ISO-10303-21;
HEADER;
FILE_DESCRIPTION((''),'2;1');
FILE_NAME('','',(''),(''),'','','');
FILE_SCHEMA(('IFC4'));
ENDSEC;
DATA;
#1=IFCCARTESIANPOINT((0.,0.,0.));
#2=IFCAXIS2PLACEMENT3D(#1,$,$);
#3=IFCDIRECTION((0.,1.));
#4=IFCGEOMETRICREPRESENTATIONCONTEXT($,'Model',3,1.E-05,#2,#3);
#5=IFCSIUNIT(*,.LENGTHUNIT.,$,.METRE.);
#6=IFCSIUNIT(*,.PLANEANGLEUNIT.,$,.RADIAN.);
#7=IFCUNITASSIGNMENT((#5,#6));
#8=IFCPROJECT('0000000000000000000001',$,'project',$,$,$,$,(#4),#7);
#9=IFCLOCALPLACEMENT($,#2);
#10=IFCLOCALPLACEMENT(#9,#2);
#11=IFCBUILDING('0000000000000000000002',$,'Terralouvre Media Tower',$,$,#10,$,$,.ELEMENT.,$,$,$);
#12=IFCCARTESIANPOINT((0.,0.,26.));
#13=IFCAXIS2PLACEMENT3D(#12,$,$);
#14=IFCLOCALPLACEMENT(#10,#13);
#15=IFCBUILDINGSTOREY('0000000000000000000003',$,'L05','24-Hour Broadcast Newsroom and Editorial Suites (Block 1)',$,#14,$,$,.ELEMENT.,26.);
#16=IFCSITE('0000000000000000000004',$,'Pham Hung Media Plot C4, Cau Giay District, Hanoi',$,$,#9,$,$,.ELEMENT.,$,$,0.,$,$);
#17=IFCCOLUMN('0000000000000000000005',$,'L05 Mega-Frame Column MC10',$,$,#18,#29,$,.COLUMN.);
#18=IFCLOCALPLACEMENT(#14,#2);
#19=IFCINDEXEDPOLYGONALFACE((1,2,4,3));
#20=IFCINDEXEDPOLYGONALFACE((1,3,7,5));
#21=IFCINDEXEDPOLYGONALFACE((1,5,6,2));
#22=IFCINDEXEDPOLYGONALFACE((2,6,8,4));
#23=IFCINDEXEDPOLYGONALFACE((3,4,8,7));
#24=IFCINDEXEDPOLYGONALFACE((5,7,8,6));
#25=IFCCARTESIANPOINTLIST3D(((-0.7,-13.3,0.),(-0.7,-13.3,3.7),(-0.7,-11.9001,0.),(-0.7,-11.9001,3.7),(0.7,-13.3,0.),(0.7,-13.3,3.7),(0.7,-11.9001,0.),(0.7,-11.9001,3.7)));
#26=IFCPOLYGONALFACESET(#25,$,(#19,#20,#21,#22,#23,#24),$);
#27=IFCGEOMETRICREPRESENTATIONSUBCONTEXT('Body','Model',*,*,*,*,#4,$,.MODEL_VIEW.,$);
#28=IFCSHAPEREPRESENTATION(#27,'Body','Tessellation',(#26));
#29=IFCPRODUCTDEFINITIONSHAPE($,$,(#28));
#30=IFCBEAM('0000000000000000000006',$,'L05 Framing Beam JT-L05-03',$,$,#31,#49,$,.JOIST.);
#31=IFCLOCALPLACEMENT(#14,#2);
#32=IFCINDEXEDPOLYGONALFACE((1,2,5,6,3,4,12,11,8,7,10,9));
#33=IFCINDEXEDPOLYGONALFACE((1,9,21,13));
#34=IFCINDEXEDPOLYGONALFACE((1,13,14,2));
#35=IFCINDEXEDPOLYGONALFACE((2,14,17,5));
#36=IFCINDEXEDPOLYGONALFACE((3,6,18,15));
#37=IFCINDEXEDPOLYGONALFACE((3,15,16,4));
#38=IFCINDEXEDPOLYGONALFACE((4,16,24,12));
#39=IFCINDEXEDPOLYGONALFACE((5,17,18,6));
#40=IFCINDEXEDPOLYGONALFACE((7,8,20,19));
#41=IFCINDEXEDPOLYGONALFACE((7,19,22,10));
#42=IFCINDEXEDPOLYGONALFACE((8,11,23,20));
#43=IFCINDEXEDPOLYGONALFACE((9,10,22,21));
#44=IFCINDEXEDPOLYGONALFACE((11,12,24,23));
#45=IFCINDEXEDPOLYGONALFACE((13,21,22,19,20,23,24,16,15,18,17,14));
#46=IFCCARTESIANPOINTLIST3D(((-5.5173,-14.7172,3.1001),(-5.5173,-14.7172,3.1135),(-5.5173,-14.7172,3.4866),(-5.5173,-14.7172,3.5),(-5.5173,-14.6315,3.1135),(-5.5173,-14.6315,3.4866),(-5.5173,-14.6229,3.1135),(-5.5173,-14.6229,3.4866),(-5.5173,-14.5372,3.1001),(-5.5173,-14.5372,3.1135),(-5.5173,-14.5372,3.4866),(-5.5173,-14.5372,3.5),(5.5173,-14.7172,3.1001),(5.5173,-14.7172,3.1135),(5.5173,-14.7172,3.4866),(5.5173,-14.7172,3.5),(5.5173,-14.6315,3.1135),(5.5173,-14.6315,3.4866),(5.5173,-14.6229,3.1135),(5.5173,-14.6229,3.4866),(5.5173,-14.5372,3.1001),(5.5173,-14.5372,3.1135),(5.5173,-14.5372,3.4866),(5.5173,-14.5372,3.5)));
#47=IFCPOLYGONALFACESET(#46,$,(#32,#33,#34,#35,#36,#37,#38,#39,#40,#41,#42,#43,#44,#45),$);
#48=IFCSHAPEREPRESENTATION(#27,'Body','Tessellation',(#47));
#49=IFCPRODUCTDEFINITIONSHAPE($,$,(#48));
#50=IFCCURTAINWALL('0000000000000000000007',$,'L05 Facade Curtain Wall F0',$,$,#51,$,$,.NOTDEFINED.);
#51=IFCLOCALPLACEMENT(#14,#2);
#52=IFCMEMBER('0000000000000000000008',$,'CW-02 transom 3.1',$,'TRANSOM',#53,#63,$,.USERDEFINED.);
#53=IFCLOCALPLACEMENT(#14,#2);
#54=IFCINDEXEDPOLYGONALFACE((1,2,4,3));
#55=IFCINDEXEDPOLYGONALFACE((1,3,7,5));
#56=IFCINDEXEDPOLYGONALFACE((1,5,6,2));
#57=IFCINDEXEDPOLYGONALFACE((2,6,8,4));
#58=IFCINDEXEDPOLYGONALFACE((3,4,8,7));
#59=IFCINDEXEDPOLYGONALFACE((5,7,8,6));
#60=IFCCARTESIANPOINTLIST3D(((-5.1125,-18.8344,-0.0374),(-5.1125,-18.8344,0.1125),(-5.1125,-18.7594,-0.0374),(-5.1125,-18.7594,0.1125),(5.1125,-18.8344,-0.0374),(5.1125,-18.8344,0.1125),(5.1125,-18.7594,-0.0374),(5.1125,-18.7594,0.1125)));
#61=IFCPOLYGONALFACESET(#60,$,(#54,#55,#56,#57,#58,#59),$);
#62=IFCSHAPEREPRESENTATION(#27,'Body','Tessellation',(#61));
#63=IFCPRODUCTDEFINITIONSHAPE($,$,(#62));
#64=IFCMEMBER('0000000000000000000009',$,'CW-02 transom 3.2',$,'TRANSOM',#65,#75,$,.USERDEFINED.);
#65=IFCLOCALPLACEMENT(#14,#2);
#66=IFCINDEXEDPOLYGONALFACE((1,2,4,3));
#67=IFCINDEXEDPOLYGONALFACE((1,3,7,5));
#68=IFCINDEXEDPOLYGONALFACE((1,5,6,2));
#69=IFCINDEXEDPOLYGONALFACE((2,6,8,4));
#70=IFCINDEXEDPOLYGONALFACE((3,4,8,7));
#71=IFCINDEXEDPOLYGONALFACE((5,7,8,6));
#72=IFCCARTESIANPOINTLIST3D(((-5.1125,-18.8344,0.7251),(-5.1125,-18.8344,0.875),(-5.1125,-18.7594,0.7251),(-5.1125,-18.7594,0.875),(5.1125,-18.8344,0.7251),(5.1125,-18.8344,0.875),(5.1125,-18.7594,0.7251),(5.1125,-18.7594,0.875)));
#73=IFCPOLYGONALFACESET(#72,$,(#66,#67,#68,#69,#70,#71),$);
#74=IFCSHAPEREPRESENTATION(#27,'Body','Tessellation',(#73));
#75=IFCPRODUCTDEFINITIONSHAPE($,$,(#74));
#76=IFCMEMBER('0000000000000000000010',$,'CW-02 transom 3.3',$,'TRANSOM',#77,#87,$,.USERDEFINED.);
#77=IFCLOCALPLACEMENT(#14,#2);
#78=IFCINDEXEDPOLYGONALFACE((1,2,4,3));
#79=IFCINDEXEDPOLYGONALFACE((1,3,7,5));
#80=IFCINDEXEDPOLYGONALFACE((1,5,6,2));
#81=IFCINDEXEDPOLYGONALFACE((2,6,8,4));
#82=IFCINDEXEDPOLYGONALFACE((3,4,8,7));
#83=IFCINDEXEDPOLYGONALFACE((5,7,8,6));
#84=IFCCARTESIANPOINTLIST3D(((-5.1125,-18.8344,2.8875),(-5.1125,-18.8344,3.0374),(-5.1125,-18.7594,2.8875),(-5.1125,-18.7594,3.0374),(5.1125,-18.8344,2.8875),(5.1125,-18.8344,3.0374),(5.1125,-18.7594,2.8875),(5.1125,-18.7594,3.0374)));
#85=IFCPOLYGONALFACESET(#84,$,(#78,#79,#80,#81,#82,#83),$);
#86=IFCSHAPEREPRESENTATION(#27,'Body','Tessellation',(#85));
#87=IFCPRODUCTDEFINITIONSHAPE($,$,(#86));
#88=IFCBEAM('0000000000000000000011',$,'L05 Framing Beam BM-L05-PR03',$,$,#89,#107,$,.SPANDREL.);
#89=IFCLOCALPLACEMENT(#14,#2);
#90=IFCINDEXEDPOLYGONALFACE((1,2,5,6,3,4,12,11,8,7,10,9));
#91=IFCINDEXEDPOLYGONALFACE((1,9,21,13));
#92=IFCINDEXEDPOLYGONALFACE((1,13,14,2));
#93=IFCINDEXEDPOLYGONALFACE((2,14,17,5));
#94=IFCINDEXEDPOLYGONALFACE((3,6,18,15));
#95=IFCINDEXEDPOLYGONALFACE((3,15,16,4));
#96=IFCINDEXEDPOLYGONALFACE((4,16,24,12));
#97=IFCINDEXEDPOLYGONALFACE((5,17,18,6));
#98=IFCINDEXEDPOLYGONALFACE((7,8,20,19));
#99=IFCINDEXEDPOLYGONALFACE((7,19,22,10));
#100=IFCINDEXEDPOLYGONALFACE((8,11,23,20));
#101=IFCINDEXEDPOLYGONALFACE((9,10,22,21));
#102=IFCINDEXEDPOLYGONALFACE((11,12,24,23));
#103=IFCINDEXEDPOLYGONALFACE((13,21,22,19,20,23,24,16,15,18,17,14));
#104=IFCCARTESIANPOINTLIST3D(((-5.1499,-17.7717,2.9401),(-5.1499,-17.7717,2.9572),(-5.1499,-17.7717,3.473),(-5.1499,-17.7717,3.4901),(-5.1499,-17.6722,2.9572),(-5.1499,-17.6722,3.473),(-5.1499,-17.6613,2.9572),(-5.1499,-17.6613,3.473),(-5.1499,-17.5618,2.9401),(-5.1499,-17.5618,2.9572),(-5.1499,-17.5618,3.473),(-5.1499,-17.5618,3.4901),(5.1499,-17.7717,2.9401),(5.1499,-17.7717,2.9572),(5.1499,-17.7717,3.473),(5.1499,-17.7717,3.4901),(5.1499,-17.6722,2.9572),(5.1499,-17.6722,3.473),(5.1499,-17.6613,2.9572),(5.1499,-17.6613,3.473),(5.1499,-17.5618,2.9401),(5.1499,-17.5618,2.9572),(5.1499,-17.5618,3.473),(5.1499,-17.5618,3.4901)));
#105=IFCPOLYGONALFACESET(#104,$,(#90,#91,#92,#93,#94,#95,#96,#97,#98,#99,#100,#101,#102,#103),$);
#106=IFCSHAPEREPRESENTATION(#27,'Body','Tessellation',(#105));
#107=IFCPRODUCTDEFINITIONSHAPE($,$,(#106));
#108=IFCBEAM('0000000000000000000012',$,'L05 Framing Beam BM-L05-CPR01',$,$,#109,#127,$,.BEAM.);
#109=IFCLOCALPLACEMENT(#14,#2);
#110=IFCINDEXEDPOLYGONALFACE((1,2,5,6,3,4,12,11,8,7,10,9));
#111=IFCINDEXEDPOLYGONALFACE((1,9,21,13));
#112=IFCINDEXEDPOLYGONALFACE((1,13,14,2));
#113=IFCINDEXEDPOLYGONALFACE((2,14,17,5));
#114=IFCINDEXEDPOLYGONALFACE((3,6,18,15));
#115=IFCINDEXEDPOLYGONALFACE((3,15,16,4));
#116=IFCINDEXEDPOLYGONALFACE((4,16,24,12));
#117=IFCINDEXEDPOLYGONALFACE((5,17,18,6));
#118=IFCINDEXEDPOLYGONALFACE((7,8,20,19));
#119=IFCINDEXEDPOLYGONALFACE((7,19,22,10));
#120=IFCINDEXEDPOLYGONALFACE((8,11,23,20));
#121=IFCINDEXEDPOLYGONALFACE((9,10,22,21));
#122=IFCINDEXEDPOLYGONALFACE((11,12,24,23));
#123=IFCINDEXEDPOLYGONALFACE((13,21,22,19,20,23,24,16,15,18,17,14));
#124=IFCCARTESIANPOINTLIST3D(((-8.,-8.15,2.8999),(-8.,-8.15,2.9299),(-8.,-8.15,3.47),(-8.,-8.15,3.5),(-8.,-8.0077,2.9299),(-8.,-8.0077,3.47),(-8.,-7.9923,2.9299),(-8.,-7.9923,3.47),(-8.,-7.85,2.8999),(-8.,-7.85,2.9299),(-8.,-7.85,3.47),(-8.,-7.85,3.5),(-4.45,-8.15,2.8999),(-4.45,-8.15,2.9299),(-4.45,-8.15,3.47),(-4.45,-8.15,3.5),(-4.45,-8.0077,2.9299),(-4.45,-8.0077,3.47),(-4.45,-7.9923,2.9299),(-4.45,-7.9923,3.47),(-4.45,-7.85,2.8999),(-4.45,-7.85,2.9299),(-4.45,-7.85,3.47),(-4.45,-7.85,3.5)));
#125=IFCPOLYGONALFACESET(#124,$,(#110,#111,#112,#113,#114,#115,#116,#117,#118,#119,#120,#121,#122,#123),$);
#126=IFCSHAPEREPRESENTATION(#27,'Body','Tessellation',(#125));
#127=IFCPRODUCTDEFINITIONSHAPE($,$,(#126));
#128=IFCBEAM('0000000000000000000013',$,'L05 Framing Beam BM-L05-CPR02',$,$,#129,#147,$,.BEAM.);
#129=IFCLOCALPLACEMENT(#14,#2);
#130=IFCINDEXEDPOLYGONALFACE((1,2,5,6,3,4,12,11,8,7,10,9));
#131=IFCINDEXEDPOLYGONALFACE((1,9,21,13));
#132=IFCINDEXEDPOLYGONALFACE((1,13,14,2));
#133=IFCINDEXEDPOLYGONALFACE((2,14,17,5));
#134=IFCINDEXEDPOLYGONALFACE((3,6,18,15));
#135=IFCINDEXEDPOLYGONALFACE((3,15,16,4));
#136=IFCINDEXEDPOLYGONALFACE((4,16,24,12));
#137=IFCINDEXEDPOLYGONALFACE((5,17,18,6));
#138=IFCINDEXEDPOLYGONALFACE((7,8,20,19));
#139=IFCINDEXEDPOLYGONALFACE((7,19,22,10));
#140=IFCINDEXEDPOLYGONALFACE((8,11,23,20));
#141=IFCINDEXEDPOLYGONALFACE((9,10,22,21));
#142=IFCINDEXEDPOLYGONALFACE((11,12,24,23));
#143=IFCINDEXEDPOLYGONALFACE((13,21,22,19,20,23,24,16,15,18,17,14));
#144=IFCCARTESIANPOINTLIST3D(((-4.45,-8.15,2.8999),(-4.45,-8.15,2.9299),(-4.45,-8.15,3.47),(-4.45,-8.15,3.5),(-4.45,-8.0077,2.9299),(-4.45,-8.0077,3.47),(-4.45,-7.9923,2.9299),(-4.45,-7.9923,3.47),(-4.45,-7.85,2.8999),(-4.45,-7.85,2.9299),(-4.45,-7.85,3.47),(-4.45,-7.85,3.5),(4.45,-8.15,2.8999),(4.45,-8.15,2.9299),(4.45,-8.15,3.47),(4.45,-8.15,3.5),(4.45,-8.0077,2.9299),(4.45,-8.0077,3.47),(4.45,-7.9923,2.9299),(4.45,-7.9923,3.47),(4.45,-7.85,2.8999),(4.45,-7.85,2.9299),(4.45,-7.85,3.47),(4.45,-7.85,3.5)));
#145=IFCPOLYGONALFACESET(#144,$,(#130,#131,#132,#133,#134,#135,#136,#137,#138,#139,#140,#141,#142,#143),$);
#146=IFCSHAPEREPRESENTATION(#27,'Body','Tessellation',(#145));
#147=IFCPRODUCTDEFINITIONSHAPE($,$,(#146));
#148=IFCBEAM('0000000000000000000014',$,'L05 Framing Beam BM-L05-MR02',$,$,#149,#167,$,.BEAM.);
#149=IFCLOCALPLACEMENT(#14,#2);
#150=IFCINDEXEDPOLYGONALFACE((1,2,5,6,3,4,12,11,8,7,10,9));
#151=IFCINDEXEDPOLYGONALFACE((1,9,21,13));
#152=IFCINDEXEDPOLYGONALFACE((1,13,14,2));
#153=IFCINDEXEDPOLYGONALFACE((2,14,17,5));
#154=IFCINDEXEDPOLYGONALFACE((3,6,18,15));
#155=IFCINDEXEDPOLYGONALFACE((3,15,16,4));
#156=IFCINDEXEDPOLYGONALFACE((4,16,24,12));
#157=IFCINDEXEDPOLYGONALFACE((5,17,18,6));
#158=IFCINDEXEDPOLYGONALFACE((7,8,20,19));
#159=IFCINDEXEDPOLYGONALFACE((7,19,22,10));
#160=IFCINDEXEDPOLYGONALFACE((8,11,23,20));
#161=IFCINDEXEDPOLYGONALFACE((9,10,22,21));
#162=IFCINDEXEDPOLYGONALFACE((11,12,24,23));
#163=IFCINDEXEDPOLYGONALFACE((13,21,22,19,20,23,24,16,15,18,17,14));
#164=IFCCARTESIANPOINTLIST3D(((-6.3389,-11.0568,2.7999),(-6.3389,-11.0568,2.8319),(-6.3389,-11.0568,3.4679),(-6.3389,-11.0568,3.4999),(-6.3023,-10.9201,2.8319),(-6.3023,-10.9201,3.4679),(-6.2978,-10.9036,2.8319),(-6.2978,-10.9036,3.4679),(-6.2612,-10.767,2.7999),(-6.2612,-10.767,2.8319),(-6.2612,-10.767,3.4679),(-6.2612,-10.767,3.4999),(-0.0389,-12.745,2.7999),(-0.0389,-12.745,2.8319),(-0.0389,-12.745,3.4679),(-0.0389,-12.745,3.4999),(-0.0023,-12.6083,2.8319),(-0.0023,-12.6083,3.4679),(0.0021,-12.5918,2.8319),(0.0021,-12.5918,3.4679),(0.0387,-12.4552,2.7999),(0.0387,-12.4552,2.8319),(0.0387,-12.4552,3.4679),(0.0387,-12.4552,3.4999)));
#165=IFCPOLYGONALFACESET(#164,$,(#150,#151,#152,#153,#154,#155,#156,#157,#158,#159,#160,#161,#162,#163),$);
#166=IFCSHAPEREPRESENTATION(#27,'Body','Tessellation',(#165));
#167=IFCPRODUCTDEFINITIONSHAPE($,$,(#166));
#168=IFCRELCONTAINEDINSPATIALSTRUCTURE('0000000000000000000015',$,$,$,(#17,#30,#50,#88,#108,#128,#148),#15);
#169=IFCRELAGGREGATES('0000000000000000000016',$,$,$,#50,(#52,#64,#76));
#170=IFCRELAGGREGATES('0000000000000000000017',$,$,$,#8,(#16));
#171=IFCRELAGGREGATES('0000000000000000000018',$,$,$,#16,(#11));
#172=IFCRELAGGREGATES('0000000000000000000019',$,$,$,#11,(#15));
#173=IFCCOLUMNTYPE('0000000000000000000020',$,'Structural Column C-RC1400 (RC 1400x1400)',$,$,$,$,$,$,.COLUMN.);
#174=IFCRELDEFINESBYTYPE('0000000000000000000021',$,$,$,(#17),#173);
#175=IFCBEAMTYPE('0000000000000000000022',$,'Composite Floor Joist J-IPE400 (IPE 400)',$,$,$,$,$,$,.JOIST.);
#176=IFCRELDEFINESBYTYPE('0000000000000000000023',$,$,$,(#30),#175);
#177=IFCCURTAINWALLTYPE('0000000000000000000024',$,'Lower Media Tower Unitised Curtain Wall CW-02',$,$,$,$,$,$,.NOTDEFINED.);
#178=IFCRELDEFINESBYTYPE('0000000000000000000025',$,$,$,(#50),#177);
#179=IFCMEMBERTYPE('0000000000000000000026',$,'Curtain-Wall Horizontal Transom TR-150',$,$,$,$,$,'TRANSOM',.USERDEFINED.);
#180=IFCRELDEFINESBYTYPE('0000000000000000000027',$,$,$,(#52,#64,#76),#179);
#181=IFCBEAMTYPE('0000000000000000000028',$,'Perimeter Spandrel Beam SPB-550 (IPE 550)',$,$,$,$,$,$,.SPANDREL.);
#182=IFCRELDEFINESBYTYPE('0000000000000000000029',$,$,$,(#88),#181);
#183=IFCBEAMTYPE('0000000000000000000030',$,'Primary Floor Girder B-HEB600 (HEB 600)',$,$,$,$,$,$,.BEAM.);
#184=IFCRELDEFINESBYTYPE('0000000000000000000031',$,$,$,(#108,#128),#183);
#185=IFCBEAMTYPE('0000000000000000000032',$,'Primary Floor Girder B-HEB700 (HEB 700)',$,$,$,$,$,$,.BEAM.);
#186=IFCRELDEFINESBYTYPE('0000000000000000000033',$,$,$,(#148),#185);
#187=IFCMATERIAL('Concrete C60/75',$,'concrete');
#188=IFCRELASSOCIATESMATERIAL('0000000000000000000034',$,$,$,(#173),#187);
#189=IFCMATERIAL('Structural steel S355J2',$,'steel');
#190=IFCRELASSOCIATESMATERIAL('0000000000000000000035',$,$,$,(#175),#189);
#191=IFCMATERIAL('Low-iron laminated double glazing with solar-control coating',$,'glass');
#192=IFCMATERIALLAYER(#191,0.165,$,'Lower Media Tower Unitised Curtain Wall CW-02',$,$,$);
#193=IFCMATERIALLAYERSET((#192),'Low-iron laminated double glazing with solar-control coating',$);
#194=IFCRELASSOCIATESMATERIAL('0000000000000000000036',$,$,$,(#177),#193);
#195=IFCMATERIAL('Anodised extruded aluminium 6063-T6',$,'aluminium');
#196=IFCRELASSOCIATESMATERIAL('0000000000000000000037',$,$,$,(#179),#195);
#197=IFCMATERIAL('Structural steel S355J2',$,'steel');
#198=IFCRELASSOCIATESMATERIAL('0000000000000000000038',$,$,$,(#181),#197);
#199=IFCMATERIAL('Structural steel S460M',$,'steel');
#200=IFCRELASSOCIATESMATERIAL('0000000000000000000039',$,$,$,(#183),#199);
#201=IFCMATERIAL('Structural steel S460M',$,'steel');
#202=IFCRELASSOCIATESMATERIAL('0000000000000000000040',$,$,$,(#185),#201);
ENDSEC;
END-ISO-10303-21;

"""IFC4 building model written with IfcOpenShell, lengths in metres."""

from ifc_helpers import new_model, si_unit, direction, frame, origin, origin_2d, place, context, subcontext, project, spatial, rectangle, i_section, extrude, material, layer, layer_set, material_profile, profile_set, type_object, element, aggregate, save


model = new_model("IFC4")

# Units and contexts
model_context = context("Model", 3, precision=1e-05, world=origin(), true_north=direction((0.0, 1.0)))
body_context = subcontext(model_context, "Body", "Model", "MODEL_VIEW")
ifc_project = project(units=[si_unit("LENGTHUNIT", "METRE"), si_unit("PLANEANGLEUNIT", "RADIAN")], contexts=[model_context])

# Site, building, storey
site_placement = place(None, origin())
site = spatial("IfcSite", under=ifc_project, at=site_placement, Name="Pham Hung Media Plot C4, Cau Giay District, Hanoi", CompositionType="ELEMENT", RefElevation=0.0)
building_placement = place(site_placement, origin())
building = spatial("IfcBuilding", under=site, at=building_placement, Name="Terralouvre Media Tower", CompositionType="ELEMENT")
storey_placement = place(building_placement, frame((0.0, 0.0, 26.0)))
storey = spatial("IfcBuildingStorey", under=building, at=storey_placement, Name="L05", Description="24-Hour Broadcast Newsroom and Editorial Suites (Block 1)", CompositionType="ELEMENT", Elevation=26.0)

# Column
ifc_material_1 = material(Name="Concrete C60/75", Category="concrete")
ifc_material_profile_1 = material_profile(ifc_material_1, rectangle(XDim=1.3999, YDim=1.3999, at=origin_2d()), Name="RC 1400x1400")
ifc_profile_set_1 = profile_set([ifc_material_profile_1], Name="Concrete C60/75")
column_type = type_object("IfcColumnType", Name="Structural Column C-RC1400 (RC 1400x1400)", PredefinedType="COLUMN", material=ifc_profile_set_1)
column_placement = place(storey_placement, frame((0.0, -12.6001, 0.0), z_axis=(0.0, 0.0, 1.0), x_axis=(1.0, 0.0, 0.0)))
element("IfcColumn", 1, at=column_placement, inside=storey, type_object=column_type, Name="L05 Mega-Frame Column MC10", PredefinedType="COLUMN", context=body_context, shape_type="SweptSolid", body=[
    extrude(rectangle(XDim=1.3999, YDim=1.3999, at=origin_2d()), origin(), (0.0, 0.0, 1.0), 3.7),
])

# Beam
ifc_material_2 = material(Name="Structural steel S355J2", Category="steel")
ifc_material_profile_2 = material_profile(ifc_material_2, i_section(OverallWidth=0.1799, OverallDepth=0.3999, WebThickness=0.0085, FlangeThickness=0.0134, at=origin_2d()), Name="IPE 400")
ifc_profile_set_2 = profile_set([ifc_material_profile_2], Name="Structural steel S355J2")
beam_type_1 = type_object("IfcBeamType", Name="Composite Floor Joist J-IPE400 (IPE 400)", PredefinedType="JOIST", material=ifc_profile_set_2)
beam_1_placement = place(storey_placement, frame((-5.5173, -14.6272, 3.3), z_axis=(1.0, 0.0, 0.0), x_axis=(0.0, 1.0, 0.0)))
element("IfcBeam", 2, at=beam_1_placement, inside=storey, type_object=beam_type_1, Name="L05 Framing Beam JT-L05-03", PredefinedType="JOIST", context=body_context, shape_type="SweptSolid", body=[
    extrude(i_section(OverallWidth=0.1799, OverallDepth=0.3999, WebThickness=0.0085, FlangeThickness=0.0134, at=origin_2d()), origin(), (0.0, 0.0, 1.0), 11.0347),
])

# Curtain wall, members
ifc_material_3 = material(Name="Low-iron laminated double glazing with solar-control coating", Category="glass")
ifc_layer_1 = layer(ifc_material_3, 0.165, Name="Lower Media Tower Unitised Curtain Wall CW-02")
ifc_layer_set_1 = layer_set([ifc_layer_1], Name="Low-iron laminated double glazing with solar-control coating")
curtain_wall_type = type_object("IfcCurtainWallType", Name="Lower Media Tower Unitised Curtain Wall CW-02", PredefinedType="NOTDEFINED", material=ifc_layer_set_1)
curtain_wall_placement = place(storey_placement, origin())
curtain_wall = element("IfcCurtainWall", 3, at=curtain_wall_placement, inside=storey, type_object=curtain_wall_type, Name="L05 Facade Curtain Wall F0", PredefinedType="NOTDEFINED")
ifc_material_4 = material(Name="Anodised extruded aluminium 6063-T6", Category="aluminium")
ifc_material_profile_3 = material_profile(ifc_material_4, rectangle(XDim=0.075, YDim=0.1499, at=origin_2d()), Name="ALU 75x150")
ifc_profile_set_3 = profile_set([ifc_material_profile_3], Name="Anodised extruded aluminium 6063-T6")
member_type = type_object("IfcMemberType", Name="Curtain-Wall Horizontal Transom TR-150", ElementType="TRANSOM", PredefinedType="USERDEFINED", material=ifc_profile_set_3)
member_1_placement = place(storey_placement, frame((-5.1125, -18.7969, 0.0376), z_axis=(1.0, 0.0, 0.0), x_axis=(0.0, 1.0, 0.0)))
member_1 = element("IfcMember", 4, at=member_1_placement, type_object=member_type, Name="CW-02 transom 3.1", ObjectType="TRANSOM", PredefinedType="USERDEFINED", context=body_context, shape_type="SweptSolid", body=[
    extrude(rectangle(XDim=0.075, YDim=0.1499, at=origin_2d()), origin(), (0.0, 0.0, 1.0), 10.2251),
])
member_2_placement = place(storey_placement, frame((-5.1125, -18.7969, 0.8), z_axis=(1.0, 0.0, 0.0), x_axis=(0.0, 1.0, 0.0)))
member_2 = element("IfcMember", 5, at=member_2_placement, type_object=member_type, Name="CW-02 transom 3.2", ObjectType="TRANSOM", PredefinedType="USERDEFINED", context=body_context, shape_type="SweptSolid", body=[
    extrude(rectangle(XDim=0.075, YDim=0.1499, at=origin_2d()), origin(), (0.0, 0.0, 1.0), 10.2251),
])
member_3_placement = place(storey_placement, frame((-5.1125, -18.7969, 2.9624), z_axis=(1.0, 0.0, 0.0), x_axis=(0.0, 1.0, 0.0)))
member_3 = element("IfcMember", 6, at=member_3_placement, type_object=member_type, Name="CW-02 transom 3.3", ObjectType="TRANSOM", PredefinedType="USERDEFINED", context=body_context, shape_type="SweptSolid", body=[
    extrude(rectangle(XDim=0.075, YDim=0.1499, at=origin_2d()), origin(), (0.0, 0.0, 1.0), 10.2251),
])

# Beams
ifc_material_5 = material(Name="Structural steel S355J2", Category="steel")
ifc_material_profile_4 = material_profile(ifc_material_5, i_section(OverallWidth=0.21, OverallDepth=0.55, WebThickness=0.011, FlangeThickness=0.0171, at=origin_2d()), Name="IPE 550")
ifc_profile_set_4 = profile_set([ifc_material_profile_4], Name="Structural steel S355J2")
beam_type_2 = type_object("IfcBeamType", Name="Perimeter Spandrel Beam SPB-550 (IPE 550)", PredefinedType="SPANDREL", material=ifc_profile_set_4)
beam_2_placement = place(storey_placement, frame((-5.1499, -17.6667, 3.2151), z_axis=(1.0, 0.0, 0.0), x_axis=(0.0, 1.0, 0.0)))
element("IfcBeam", 7, at=beam_2_placement, inside=storey, type_object=beam_type_2, Name="L05 Framing Beam BM-L05-PR03", PredefinedType="SPANDREL", context=body_context, shape_type="SweptSolid", body=[
    extrude(i_section(OverallWidth=0.21, OverallDepth=0.55, WebThickness=0.011, FlangeThickness=0.0171, at=origin_2d()), origin(), (0.0, 0.0, 1.0), 10.2998),
])
ifc_material_6 = material(Name="Structural steel S460M", Category="steel")
ifc_material_profile_5 = material_profile(ifc_material_6, i_section(OverallWidth=0.3, OverallDepth=0.6001, WebThickness=0.0154, FlangeThickness=0.03, at=origin_2d()), Name="HEB 600")
ifc_profile_set_5 = profile_set([ifc_material_profile_5], Name="Structural steel S460M")
beam_type_3 = type_object("IfcBeamType", Name="Primary Floor Girder B-HEB600 (HEB 600)", PredefinedType="BEAM", material=ifc_profile_set_5)
beam_3_placement = place(storey_placement, frame((-8.0, -8.0, 3.2), z_axis=(1.0, 0.0, 0.0), x_axis=(0.0, 1.0, 0.0)))
element("IfcBeam", 8, at=beam_3_placement, inside=storey, type_object=beam_type_3, Name="L05 Framing Beam BM-L05-CPR01", PredefinedType="BEAM", context=body_context, shape_type="SweptSolid", body=[
    extrude(i_section(OverallWidth=0.3, OverallDepth=0.6001, WebThickness=0.0154, FlangeThickness=0.03, at=origin_2d()), origin(), (0.0, 0.0, 1.0), 3.55),
])
beam_4_placement = place(storey_placement, frame((-4.45, -8.0, 3.2), z_axis=(1.0, 0.0, 0.0), x_axis=(0.0, 1.0, 0.0)))
element("IfcBeam", 9, at=beam_4_placement, inside=storey, type_object=beam_type_3, Name="L05 Framing Beam BM-L05-CPR02", PredefinedType="BEAM", context=body_context, shape_type="SweptSolid", body=[
    extrude(i_section(OverallWidth=0.3, OverallDepth=0.6001, WebThickness=0.0154, FlangeThickness=0.03, at=origin_2d()), origin(), (0.0, 0.0, 1.0), 8.8999),
])
ifc_material_7 = material(Name="Structural steel S460M", Category="steel")
ifc_material_profile_6 = material_profile(ifc_material_7, i_section(OverallWidth=0.3, OverallDepth=0.7, WebThickness=0.0171, FlangeThickness=0.032, at=origin_2d()), Name="HEB 700")
ifc_profile_set_6 = profile_set([ifc_material_profile_6], Name="Structural steel S460M")
beam_type_4 = type_object("IfcBeamType", Name="Primary Floor Girder B-HEB700 (HEB 700)", PredefinedType="BEAM", material=ifc_profile_set_6)
for number, where, z_axis, x_axis, name in (
    (10, (-6.3, -10.9119, 3.1499), (0.96592, -0.258839, 0.0), (0.258839, 0.96592, 0.0), "L05 Framing Beam BM-L05-MR02"),
):
    element("IfcBeam", number, at=place(storey_placement, frame(where, z_axis=z_axis, x_axis=x_axis)), inside=storey, type_object=beam_type_4, Name=name, PredefinedType="BEAM", context=body_context, shape_type="SweptSolid", body=[
        extrude(i_section(OverallWidth=0.3, OverallDepth=0.7, WebThickness=0.0171, FlangeThickness=0.032, at=origin_2d()), origin(), (0.0, 0.0, 1.0), 6.5222),
    ])

aggregate(curtain_wall, [member_1, member_2, member_3])

save(model, "model.ifc")
